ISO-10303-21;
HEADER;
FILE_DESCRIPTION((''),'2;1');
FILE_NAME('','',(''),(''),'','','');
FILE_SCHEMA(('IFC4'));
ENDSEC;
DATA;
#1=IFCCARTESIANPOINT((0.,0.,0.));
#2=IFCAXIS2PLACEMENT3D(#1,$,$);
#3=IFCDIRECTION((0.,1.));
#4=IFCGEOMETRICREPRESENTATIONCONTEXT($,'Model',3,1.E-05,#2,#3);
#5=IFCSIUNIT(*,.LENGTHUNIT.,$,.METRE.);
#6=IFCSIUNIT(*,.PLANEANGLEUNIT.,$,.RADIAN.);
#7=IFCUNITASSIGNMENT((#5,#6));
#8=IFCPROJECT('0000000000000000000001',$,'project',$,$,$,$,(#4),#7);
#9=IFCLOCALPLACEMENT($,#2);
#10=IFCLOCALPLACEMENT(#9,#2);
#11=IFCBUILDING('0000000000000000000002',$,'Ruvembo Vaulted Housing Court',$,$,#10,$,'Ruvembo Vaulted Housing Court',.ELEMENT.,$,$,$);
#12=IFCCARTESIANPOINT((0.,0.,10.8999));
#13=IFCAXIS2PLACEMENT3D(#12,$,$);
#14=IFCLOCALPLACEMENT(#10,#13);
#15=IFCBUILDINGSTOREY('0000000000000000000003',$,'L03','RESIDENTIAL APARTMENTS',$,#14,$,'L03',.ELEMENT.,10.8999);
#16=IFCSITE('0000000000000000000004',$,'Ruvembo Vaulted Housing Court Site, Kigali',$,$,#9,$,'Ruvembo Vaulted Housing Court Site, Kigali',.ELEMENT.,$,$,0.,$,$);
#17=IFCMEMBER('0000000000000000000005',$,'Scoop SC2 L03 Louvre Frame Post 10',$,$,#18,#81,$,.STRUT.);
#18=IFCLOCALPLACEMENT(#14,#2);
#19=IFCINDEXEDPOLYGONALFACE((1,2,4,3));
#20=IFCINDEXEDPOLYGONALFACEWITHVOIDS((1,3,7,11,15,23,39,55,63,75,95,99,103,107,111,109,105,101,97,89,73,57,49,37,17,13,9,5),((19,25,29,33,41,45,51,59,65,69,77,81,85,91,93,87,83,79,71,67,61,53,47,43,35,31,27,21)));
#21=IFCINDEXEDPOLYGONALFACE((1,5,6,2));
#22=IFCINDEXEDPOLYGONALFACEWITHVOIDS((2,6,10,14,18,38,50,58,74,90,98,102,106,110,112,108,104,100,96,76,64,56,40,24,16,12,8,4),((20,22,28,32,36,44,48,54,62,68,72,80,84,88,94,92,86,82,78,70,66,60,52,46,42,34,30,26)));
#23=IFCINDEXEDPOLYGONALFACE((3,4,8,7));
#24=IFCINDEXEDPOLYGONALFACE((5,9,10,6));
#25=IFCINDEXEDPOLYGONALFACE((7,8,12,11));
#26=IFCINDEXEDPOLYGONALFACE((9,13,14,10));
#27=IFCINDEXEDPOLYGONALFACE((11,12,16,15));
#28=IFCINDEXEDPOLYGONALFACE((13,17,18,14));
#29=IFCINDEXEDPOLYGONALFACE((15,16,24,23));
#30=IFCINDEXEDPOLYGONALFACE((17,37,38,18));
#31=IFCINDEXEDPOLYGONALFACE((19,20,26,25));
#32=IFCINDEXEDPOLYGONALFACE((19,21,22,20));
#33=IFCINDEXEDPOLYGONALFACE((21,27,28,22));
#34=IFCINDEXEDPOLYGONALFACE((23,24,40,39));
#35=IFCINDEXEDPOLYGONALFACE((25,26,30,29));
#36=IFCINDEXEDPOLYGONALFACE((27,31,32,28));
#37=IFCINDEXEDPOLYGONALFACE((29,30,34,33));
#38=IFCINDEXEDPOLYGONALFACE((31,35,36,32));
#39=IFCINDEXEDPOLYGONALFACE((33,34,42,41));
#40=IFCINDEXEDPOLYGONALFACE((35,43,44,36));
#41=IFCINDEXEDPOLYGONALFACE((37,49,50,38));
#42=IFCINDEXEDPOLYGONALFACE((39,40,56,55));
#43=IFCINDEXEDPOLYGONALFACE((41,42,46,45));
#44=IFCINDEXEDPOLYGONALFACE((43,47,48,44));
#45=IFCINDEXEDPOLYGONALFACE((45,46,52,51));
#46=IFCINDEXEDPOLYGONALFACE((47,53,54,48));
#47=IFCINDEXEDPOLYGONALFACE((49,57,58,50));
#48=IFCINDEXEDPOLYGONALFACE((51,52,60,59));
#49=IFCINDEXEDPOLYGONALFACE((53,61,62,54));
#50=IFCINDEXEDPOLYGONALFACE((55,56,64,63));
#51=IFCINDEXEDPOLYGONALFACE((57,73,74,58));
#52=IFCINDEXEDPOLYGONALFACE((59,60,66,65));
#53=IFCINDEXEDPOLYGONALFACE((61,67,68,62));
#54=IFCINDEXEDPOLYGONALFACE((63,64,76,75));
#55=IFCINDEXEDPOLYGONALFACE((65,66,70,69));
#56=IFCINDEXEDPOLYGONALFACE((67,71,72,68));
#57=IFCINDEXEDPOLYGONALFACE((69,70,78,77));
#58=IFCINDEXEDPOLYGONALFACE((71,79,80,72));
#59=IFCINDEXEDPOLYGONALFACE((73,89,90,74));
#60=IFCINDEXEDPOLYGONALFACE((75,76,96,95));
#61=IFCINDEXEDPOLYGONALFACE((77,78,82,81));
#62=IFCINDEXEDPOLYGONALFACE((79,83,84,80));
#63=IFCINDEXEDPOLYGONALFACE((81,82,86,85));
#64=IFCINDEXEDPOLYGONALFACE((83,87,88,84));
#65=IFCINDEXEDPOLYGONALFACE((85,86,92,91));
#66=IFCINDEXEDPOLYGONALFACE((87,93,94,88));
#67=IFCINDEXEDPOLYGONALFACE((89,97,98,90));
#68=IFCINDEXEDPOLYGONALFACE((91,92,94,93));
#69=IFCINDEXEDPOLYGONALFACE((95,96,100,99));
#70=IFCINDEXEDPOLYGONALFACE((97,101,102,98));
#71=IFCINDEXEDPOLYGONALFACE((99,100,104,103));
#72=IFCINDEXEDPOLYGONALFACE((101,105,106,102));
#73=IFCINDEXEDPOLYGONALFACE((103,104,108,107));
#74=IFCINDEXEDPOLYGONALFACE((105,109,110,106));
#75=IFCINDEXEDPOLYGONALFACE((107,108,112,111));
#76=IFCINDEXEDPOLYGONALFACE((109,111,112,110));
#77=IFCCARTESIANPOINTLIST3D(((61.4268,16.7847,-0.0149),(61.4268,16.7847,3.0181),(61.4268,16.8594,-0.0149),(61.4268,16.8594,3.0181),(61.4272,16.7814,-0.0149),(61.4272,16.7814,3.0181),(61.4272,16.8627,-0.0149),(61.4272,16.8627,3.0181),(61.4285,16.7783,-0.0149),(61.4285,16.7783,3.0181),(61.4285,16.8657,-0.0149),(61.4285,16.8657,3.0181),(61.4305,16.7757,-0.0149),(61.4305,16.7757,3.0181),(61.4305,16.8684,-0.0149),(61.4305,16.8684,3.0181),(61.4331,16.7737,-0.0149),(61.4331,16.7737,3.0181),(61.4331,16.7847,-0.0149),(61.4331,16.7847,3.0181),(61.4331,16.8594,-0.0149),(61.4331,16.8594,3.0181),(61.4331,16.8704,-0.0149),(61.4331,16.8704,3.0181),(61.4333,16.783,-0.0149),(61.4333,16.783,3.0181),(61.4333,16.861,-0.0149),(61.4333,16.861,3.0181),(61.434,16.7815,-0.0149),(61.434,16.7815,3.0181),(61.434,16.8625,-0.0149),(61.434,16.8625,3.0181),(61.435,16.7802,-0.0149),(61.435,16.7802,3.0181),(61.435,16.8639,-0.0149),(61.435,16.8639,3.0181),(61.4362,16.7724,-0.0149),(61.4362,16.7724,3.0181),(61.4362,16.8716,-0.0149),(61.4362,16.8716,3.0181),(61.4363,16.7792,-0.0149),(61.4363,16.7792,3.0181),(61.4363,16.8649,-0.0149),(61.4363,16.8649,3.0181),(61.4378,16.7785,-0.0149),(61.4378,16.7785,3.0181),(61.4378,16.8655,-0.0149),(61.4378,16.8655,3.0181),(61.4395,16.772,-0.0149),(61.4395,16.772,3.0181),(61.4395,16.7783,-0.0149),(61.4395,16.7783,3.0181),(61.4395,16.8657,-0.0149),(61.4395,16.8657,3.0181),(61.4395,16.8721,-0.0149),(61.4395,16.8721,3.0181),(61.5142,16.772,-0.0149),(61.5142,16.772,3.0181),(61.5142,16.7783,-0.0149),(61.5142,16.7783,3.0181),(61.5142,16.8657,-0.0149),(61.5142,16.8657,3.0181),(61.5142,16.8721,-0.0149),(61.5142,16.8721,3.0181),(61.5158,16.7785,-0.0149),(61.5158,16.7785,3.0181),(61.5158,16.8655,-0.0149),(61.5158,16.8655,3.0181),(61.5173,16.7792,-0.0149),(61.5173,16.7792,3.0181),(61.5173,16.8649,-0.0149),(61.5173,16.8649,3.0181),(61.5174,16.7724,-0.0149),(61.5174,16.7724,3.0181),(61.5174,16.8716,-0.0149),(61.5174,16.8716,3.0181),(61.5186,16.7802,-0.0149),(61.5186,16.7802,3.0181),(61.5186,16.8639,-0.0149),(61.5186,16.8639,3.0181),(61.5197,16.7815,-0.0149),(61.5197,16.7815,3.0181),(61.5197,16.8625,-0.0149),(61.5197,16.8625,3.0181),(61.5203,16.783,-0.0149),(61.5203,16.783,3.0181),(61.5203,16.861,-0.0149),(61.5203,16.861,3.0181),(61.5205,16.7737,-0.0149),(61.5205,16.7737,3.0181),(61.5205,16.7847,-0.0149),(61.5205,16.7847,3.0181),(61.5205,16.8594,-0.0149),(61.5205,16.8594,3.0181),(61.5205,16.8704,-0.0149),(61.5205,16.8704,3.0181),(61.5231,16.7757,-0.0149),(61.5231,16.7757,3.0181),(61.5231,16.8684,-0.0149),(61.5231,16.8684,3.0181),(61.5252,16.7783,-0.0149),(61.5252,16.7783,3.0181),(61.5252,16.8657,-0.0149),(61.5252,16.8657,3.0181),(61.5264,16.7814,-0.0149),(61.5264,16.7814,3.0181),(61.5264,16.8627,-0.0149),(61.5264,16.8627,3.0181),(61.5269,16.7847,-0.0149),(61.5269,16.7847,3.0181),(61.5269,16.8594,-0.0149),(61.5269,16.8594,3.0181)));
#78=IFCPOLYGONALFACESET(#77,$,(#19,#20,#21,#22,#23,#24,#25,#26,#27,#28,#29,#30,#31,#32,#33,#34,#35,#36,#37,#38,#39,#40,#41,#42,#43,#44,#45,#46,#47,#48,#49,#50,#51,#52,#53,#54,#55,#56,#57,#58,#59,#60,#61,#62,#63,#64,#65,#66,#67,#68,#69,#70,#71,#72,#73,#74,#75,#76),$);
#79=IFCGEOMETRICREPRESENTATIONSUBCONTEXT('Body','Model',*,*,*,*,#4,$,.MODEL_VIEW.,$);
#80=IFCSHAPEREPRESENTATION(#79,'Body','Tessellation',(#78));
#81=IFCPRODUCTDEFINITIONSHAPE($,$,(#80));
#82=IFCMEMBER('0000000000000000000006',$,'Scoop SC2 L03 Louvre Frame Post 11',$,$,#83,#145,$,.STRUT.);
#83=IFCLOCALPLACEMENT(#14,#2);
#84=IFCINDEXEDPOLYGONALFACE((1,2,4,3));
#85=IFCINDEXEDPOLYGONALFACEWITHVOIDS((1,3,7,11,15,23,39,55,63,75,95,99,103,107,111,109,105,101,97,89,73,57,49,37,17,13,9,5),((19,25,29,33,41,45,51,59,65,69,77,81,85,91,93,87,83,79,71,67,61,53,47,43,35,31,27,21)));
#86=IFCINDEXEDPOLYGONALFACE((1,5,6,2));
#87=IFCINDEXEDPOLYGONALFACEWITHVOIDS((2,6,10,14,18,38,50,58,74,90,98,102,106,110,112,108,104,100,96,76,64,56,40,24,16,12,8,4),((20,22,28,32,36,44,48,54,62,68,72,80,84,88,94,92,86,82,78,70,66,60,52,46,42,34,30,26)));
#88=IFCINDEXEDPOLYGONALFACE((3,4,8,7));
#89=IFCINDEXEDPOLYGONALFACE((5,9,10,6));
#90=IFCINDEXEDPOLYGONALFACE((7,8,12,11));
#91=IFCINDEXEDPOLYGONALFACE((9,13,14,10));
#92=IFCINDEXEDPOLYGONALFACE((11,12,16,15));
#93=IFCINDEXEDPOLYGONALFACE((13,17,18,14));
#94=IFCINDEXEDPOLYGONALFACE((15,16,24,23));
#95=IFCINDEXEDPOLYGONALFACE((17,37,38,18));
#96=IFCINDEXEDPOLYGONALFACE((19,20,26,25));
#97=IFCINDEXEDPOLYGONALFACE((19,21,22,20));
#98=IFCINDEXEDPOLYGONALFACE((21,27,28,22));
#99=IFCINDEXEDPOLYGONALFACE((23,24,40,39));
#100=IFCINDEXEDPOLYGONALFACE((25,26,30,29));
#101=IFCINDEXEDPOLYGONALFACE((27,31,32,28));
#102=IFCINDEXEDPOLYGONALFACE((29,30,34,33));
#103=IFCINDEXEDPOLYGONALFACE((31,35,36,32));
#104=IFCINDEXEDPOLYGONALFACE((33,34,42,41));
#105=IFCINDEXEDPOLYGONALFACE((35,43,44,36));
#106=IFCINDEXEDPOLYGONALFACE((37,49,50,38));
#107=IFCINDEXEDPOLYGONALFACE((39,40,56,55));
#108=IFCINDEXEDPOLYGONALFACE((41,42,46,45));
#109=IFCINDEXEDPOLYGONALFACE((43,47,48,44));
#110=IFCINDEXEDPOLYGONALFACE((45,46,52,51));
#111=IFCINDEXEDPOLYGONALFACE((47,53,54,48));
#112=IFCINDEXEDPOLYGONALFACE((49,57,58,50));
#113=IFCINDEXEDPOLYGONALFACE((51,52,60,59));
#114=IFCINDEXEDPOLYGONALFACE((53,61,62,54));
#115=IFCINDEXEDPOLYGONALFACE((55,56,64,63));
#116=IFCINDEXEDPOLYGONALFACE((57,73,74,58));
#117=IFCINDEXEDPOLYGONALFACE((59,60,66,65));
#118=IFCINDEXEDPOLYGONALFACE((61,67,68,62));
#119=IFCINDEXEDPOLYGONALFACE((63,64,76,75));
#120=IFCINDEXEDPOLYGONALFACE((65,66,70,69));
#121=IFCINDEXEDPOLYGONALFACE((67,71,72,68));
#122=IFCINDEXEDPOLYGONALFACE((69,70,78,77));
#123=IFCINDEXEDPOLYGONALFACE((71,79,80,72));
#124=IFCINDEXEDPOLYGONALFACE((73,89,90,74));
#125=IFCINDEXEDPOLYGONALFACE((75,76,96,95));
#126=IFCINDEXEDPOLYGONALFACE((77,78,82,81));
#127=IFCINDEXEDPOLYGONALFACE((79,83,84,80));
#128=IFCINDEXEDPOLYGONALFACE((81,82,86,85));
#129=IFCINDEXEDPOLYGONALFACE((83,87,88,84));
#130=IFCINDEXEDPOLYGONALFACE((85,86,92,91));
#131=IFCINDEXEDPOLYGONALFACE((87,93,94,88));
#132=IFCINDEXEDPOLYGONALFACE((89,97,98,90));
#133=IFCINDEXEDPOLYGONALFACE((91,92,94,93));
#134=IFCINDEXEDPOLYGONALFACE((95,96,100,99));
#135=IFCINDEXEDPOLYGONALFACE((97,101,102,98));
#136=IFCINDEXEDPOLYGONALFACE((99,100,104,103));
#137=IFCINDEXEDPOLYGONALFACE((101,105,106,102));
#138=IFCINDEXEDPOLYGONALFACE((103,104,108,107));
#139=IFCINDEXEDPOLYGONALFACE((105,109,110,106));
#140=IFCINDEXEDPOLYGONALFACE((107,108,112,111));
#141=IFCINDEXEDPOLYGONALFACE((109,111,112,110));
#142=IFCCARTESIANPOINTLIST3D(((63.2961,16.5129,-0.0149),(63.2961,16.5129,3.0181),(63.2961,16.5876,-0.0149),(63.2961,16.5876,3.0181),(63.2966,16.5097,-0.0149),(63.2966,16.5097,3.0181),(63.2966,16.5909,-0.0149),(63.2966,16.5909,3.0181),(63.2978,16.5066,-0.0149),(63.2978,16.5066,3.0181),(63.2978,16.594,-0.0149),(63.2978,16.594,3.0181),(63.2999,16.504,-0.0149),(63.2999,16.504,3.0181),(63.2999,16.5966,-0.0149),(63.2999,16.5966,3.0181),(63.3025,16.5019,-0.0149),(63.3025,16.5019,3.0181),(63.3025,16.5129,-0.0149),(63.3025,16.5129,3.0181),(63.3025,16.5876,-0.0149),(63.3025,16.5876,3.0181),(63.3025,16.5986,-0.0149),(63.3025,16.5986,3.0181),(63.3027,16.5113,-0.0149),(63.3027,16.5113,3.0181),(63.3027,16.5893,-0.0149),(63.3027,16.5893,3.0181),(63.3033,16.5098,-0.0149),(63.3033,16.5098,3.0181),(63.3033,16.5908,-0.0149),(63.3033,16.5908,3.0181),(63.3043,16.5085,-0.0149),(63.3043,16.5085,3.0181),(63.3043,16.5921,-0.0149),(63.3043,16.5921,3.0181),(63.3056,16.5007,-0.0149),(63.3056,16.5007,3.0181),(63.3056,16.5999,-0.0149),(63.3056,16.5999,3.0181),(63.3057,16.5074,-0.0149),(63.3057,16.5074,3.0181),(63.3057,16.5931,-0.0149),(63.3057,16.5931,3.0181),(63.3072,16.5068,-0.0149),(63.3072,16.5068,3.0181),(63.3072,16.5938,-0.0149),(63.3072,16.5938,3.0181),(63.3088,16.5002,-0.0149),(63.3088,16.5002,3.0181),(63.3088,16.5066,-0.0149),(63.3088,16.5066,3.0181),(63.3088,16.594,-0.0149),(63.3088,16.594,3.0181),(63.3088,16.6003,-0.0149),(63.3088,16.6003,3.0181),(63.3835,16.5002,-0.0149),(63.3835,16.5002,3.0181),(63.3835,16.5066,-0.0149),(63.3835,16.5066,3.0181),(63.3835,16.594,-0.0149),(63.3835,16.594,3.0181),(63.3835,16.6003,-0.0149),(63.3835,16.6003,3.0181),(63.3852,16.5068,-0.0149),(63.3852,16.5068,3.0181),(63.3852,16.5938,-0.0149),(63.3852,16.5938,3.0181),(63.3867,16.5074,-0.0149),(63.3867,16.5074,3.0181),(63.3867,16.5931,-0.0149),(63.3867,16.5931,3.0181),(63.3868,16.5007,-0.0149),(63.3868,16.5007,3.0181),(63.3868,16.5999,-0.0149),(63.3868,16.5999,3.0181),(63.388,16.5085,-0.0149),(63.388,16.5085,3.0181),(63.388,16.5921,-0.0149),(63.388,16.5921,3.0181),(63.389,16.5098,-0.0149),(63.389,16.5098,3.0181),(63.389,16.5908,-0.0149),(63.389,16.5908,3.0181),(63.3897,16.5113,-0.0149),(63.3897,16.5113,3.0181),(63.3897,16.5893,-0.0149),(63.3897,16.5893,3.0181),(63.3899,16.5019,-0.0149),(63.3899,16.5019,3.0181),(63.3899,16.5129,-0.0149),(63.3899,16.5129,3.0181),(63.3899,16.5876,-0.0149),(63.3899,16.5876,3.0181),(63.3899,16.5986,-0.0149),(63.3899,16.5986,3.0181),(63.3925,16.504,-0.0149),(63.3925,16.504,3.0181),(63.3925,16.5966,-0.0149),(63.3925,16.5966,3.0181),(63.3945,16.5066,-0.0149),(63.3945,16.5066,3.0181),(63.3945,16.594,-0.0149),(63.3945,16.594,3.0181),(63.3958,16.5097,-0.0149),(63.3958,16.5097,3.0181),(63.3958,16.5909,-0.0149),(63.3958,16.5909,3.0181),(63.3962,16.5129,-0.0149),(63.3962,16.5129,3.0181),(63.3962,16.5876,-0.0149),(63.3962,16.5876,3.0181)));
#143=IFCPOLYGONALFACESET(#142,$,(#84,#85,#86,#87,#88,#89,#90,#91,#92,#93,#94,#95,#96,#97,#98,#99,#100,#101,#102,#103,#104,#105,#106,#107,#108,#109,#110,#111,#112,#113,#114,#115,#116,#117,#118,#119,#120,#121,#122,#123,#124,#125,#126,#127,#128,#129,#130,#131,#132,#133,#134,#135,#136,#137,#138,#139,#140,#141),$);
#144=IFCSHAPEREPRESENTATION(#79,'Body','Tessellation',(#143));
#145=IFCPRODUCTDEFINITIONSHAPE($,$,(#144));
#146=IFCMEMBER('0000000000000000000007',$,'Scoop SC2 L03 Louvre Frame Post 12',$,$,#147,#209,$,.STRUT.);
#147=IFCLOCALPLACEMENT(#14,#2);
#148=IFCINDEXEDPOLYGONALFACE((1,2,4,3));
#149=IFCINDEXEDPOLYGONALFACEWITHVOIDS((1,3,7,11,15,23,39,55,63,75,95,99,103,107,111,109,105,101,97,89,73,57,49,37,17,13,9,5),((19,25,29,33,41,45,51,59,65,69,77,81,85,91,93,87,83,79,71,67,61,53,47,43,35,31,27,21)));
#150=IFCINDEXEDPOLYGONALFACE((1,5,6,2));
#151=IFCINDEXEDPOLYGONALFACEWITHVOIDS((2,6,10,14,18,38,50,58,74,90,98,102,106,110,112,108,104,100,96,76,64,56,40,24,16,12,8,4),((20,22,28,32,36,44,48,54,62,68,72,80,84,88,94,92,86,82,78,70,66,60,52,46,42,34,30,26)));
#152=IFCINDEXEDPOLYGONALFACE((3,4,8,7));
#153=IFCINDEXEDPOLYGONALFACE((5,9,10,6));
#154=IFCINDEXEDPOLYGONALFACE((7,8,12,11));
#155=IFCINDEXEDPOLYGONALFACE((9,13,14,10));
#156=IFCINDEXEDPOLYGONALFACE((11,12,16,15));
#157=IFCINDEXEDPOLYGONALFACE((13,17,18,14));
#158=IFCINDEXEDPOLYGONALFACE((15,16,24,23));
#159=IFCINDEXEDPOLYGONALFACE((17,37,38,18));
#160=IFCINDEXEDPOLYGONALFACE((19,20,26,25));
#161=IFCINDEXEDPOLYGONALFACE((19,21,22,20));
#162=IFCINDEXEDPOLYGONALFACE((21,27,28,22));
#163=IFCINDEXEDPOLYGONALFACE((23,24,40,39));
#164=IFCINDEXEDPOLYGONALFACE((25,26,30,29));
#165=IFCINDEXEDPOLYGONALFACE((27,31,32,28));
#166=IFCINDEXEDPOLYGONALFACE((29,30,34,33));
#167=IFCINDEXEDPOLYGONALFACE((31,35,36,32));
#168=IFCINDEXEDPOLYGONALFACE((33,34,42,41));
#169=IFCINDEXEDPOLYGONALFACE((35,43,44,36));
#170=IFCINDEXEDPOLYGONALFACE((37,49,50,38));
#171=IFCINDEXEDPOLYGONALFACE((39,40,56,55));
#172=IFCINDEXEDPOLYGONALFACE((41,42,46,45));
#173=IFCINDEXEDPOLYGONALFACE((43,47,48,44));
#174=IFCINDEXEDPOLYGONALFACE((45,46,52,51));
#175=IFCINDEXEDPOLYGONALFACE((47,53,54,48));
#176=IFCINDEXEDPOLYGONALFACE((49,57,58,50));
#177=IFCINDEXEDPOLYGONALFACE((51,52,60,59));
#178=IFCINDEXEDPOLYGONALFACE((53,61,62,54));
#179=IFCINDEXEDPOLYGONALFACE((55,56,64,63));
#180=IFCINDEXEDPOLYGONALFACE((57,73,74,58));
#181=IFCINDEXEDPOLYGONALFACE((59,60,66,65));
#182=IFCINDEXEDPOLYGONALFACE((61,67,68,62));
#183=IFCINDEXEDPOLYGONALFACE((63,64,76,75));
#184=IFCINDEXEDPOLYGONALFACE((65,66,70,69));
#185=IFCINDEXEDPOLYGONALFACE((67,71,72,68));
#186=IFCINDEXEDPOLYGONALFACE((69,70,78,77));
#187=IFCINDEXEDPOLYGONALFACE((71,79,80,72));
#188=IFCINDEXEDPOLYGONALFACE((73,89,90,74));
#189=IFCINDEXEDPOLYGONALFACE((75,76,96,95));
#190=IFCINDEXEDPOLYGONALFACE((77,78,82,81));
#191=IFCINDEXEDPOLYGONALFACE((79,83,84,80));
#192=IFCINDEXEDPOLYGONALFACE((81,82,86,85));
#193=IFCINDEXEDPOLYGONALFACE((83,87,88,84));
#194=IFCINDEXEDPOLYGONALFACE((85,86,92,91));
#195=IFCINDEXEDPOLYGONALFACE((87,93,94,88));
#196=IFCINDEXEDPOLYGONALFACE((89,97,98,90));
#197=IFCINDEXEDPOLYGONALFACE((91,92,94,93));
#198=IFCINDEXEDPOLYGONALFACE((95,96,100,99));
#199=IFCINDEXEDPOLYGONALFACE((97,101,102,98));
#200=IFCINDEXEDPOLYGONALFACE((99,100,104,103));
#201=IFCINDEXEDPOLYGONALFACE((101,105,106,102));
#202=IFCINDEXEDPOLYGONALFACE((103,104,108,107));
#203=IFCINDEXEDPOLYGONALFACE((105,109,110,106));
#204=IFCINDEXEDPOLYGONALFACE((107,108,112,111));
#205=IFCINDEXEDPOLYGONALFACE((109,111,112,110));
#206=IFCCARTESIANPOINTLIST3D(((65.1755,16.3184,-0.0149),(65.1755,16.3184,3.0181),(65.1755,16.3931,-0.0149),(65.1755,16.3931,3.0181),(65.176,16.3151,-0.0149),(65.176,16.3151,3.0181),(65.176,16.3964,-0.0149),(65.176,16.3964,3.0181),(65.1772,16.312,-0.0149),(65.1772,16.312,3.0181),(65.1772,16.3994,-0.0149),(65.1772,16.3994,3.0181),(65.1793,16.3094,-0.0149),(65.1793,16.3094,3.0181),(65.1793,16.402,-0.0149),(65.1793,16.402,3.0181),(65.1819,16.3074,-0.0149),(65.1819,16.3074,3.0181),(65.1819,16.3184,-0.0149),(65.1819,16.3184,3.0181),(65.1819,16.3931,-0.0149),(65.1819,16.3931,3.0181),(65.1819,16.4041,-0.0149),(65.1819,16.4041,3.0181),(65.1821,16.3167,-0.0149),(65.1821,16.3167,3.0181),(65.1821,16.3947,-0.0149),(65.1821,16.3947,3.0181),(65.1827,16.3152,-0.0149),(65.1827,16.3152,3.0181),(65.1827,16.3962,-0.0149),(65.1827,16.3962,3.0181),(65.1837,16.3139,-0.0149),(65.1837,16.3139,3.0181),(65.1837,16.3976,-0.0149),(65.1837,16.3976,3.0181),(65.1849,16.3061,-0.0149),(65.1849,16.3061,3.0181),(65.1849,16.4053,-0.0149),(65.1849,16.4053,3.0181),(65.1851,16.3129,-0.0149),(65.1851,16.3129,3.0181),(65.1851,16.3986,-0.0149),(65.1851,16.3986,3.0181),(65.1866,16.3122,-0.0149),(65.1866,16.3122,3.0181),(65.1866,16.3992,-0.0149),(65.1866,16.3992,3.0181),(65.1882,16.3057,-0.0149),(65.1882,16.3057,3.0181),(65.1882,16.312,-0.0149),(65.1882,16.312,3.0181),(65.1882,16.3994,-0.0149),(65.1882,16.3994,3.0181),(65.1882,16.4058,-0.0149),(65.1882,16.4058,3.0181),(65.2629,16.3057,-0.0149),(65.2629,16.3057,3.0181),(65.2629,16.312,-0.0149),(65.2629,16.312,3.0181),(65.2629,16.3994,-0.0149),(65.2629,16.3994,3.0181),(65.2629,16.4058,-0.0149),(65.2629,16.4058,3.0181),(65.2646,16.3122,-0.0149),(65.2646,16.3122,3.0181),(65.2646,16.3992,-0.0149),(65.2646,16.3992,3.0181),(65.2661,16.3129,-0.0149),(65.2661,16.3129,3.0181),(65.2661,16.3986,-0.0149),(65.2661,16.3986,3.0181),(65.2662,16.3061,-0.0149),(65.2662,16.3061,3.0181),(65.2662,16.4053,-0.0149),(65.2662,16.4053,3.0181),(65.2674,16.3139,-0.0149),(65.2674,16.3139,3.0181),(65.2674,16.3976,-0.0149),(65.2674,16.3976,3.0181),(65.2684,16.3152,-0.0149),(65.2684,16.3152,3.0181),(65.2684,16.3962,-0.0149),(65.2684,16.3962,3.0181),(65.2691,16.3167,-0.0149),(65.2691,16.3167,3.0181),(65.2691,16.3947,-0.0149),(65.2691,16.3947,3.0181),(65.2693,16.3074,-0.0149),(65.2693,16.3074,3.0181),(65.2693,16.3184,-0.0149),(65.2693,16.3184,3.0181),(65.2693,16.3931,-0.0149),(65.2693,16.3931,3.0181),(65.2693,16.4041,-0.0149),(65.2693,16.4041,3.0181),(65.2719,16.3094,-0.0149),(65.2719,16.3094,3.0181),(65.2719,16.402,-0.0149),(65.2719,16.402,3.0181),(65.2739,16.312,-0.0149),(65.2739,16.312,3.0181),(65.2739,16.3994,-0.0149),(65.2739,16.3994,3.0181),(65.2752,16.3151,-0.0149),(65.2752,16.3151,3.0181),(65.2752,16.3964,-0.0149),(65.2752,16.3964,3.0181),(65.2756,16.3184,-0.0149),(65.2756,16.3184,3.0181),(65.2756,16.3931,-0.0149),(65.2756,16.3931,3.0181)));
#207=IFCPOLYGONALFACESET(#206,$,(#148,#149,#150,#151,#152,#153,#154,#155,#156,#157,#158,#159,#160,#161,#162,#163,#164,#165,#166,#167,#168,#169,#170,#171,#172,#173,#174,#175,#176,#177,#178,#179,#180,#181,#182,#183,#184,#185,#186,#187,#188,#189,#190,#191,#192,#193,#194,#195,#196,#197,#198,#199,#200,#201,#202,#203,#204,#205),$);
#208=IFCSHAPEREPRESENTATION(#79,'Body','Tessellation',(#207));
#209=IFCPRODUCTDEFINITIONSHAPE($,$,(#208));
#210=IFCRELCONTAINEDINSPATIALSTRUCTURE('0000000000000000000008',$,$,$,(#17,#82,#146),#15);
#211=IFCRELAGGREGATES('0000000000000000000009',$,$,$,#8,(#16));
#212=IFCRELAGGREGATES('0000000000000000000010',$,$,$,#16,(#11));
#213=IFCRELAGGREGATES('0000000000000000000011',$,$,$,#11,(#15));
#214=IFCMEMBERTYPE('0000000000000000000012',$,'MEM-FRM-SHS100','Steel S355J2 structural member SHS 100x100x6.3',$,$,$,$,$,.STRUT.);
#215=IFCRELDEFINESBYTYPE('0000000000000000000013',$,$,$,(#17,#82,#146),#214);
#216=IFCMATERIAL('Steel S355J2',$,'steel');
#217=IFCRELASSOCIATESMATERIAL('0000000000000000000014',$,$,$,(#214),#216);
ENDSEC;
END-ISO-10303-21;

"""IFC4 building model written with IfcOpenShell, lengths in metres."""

from ifc_helpers import new_model, si_unit, direction, frame, origin, origin_2d, place, context, subcontext, project, spatial, hollow_rectangle, extrude, material, material_profile, profile_set, type_object, element, save


model = new_model("IFC4")

# Units and contexts
model_context = context("Model", 3, precision=1e-05, world=origin(), true_north=direction((0.0, 1.0)))
body_context = subcontext(model_context, "Body", "Model", "MODEL_VIEW")
ifc_project = project(units=[si_unit("LENGTHUNIT", "METRE"), si_unit("PLANEANGLEUNIT", "RADIAN")], contexts=[model_context])

# Site, building, storey
site_placement = place(None, origin())
site = spatial("IfcSite", under=ifc_project, at=site_placement, Name="Ruvembo Vaulted Housing Court Site, Kigali", LongName="Ruvembo Vaulted Housing Court Site, Kigali", CompositionType="ELEMENT", RefElevation=0.0)
building_placement = place(site_placement, origin())
building = spatial("IfcBuilding", under=site, at=building_placement, Name="Ruvembo Vaulted Housing Court", LongName="Ruvembo Vaulted Housing Court", CompositionType="ELEMENT")
storey_placement = place(building_placement, frame((0.0, 0.0, 10.8999)))
storey = spatial("IfcBuildingStorey", under=building, at=storey_placement, Name="L03", Description="RESIDENTIAL APARTMENTS", LongName="L03", CompositionType="ELEMENT", Elevation=10.8999)

# Shared definitions
ifc_material_1 = material(Name="Steel S355J2", Category="steel")

# Members
ifc_material_profile_1 = material_profile(ifc_material_1, hollow_rectangle(XDim=0.1001, YDim=0.1001, WallThickness=0.0063, InnerFilletRadius=0.0063, OuterFilletRadius=0.0127, at=origin_2d()), Name="SHS 100x100x6.3")
ifc_profile_set_1 = profile_set([ifc_material_profile_1], Name="Steel S355J2")
member_type_1 = type_object("IfcMemberType", Name="MEM-FRM-SHS100", Description="Steel S355J2 structural member SHS 100x100x6.3", PredefinedType="STRUT", material=ifc_profile_set_1)
for number, where, z_axis, x_axis, name in (
    (1, (61.4768, 16.822, -0.0149), (0.0, 0.0, 1.0), (1.0, 0.0, 0.0), "Scoop SC2 L03 Louvre Frame Post 10"),
    (2, (63.3462, 16.5503, -0.0149), (0.0, 0.0, 1.0), (1.0, 0.0, 0.0), "Scoop SC2 L03 Louvre Frame Post 11"),
    (3, (65.2256, 16.3557, -0.0149), (0.0, 0.0, 1.0), (1.0, 0.0, 0.0), "Scoop SC2 L03 Louvre Frame Post 12"),
):
    element("IfcMember", number, at=place(storey_placement, frame(where, z_axis=z_axis, x_axis=x_axis)), inside=storey, type_object=member_type_1, Name=name, PredefinedType="STRUT", context=body_context, shape_type="SweptSolid", body=[
        extrude(hollow_rectangle(XDim=0.1001, YDim=0.1001, WallThickness=0.0063, InnerFilletRadius=0.0063, OuterFilletRadius=0.0127, at=origin_2d()), origin(), (0.0, 0.0, 1.0), 3.033),
    ])

save(model, "model.ifc")
